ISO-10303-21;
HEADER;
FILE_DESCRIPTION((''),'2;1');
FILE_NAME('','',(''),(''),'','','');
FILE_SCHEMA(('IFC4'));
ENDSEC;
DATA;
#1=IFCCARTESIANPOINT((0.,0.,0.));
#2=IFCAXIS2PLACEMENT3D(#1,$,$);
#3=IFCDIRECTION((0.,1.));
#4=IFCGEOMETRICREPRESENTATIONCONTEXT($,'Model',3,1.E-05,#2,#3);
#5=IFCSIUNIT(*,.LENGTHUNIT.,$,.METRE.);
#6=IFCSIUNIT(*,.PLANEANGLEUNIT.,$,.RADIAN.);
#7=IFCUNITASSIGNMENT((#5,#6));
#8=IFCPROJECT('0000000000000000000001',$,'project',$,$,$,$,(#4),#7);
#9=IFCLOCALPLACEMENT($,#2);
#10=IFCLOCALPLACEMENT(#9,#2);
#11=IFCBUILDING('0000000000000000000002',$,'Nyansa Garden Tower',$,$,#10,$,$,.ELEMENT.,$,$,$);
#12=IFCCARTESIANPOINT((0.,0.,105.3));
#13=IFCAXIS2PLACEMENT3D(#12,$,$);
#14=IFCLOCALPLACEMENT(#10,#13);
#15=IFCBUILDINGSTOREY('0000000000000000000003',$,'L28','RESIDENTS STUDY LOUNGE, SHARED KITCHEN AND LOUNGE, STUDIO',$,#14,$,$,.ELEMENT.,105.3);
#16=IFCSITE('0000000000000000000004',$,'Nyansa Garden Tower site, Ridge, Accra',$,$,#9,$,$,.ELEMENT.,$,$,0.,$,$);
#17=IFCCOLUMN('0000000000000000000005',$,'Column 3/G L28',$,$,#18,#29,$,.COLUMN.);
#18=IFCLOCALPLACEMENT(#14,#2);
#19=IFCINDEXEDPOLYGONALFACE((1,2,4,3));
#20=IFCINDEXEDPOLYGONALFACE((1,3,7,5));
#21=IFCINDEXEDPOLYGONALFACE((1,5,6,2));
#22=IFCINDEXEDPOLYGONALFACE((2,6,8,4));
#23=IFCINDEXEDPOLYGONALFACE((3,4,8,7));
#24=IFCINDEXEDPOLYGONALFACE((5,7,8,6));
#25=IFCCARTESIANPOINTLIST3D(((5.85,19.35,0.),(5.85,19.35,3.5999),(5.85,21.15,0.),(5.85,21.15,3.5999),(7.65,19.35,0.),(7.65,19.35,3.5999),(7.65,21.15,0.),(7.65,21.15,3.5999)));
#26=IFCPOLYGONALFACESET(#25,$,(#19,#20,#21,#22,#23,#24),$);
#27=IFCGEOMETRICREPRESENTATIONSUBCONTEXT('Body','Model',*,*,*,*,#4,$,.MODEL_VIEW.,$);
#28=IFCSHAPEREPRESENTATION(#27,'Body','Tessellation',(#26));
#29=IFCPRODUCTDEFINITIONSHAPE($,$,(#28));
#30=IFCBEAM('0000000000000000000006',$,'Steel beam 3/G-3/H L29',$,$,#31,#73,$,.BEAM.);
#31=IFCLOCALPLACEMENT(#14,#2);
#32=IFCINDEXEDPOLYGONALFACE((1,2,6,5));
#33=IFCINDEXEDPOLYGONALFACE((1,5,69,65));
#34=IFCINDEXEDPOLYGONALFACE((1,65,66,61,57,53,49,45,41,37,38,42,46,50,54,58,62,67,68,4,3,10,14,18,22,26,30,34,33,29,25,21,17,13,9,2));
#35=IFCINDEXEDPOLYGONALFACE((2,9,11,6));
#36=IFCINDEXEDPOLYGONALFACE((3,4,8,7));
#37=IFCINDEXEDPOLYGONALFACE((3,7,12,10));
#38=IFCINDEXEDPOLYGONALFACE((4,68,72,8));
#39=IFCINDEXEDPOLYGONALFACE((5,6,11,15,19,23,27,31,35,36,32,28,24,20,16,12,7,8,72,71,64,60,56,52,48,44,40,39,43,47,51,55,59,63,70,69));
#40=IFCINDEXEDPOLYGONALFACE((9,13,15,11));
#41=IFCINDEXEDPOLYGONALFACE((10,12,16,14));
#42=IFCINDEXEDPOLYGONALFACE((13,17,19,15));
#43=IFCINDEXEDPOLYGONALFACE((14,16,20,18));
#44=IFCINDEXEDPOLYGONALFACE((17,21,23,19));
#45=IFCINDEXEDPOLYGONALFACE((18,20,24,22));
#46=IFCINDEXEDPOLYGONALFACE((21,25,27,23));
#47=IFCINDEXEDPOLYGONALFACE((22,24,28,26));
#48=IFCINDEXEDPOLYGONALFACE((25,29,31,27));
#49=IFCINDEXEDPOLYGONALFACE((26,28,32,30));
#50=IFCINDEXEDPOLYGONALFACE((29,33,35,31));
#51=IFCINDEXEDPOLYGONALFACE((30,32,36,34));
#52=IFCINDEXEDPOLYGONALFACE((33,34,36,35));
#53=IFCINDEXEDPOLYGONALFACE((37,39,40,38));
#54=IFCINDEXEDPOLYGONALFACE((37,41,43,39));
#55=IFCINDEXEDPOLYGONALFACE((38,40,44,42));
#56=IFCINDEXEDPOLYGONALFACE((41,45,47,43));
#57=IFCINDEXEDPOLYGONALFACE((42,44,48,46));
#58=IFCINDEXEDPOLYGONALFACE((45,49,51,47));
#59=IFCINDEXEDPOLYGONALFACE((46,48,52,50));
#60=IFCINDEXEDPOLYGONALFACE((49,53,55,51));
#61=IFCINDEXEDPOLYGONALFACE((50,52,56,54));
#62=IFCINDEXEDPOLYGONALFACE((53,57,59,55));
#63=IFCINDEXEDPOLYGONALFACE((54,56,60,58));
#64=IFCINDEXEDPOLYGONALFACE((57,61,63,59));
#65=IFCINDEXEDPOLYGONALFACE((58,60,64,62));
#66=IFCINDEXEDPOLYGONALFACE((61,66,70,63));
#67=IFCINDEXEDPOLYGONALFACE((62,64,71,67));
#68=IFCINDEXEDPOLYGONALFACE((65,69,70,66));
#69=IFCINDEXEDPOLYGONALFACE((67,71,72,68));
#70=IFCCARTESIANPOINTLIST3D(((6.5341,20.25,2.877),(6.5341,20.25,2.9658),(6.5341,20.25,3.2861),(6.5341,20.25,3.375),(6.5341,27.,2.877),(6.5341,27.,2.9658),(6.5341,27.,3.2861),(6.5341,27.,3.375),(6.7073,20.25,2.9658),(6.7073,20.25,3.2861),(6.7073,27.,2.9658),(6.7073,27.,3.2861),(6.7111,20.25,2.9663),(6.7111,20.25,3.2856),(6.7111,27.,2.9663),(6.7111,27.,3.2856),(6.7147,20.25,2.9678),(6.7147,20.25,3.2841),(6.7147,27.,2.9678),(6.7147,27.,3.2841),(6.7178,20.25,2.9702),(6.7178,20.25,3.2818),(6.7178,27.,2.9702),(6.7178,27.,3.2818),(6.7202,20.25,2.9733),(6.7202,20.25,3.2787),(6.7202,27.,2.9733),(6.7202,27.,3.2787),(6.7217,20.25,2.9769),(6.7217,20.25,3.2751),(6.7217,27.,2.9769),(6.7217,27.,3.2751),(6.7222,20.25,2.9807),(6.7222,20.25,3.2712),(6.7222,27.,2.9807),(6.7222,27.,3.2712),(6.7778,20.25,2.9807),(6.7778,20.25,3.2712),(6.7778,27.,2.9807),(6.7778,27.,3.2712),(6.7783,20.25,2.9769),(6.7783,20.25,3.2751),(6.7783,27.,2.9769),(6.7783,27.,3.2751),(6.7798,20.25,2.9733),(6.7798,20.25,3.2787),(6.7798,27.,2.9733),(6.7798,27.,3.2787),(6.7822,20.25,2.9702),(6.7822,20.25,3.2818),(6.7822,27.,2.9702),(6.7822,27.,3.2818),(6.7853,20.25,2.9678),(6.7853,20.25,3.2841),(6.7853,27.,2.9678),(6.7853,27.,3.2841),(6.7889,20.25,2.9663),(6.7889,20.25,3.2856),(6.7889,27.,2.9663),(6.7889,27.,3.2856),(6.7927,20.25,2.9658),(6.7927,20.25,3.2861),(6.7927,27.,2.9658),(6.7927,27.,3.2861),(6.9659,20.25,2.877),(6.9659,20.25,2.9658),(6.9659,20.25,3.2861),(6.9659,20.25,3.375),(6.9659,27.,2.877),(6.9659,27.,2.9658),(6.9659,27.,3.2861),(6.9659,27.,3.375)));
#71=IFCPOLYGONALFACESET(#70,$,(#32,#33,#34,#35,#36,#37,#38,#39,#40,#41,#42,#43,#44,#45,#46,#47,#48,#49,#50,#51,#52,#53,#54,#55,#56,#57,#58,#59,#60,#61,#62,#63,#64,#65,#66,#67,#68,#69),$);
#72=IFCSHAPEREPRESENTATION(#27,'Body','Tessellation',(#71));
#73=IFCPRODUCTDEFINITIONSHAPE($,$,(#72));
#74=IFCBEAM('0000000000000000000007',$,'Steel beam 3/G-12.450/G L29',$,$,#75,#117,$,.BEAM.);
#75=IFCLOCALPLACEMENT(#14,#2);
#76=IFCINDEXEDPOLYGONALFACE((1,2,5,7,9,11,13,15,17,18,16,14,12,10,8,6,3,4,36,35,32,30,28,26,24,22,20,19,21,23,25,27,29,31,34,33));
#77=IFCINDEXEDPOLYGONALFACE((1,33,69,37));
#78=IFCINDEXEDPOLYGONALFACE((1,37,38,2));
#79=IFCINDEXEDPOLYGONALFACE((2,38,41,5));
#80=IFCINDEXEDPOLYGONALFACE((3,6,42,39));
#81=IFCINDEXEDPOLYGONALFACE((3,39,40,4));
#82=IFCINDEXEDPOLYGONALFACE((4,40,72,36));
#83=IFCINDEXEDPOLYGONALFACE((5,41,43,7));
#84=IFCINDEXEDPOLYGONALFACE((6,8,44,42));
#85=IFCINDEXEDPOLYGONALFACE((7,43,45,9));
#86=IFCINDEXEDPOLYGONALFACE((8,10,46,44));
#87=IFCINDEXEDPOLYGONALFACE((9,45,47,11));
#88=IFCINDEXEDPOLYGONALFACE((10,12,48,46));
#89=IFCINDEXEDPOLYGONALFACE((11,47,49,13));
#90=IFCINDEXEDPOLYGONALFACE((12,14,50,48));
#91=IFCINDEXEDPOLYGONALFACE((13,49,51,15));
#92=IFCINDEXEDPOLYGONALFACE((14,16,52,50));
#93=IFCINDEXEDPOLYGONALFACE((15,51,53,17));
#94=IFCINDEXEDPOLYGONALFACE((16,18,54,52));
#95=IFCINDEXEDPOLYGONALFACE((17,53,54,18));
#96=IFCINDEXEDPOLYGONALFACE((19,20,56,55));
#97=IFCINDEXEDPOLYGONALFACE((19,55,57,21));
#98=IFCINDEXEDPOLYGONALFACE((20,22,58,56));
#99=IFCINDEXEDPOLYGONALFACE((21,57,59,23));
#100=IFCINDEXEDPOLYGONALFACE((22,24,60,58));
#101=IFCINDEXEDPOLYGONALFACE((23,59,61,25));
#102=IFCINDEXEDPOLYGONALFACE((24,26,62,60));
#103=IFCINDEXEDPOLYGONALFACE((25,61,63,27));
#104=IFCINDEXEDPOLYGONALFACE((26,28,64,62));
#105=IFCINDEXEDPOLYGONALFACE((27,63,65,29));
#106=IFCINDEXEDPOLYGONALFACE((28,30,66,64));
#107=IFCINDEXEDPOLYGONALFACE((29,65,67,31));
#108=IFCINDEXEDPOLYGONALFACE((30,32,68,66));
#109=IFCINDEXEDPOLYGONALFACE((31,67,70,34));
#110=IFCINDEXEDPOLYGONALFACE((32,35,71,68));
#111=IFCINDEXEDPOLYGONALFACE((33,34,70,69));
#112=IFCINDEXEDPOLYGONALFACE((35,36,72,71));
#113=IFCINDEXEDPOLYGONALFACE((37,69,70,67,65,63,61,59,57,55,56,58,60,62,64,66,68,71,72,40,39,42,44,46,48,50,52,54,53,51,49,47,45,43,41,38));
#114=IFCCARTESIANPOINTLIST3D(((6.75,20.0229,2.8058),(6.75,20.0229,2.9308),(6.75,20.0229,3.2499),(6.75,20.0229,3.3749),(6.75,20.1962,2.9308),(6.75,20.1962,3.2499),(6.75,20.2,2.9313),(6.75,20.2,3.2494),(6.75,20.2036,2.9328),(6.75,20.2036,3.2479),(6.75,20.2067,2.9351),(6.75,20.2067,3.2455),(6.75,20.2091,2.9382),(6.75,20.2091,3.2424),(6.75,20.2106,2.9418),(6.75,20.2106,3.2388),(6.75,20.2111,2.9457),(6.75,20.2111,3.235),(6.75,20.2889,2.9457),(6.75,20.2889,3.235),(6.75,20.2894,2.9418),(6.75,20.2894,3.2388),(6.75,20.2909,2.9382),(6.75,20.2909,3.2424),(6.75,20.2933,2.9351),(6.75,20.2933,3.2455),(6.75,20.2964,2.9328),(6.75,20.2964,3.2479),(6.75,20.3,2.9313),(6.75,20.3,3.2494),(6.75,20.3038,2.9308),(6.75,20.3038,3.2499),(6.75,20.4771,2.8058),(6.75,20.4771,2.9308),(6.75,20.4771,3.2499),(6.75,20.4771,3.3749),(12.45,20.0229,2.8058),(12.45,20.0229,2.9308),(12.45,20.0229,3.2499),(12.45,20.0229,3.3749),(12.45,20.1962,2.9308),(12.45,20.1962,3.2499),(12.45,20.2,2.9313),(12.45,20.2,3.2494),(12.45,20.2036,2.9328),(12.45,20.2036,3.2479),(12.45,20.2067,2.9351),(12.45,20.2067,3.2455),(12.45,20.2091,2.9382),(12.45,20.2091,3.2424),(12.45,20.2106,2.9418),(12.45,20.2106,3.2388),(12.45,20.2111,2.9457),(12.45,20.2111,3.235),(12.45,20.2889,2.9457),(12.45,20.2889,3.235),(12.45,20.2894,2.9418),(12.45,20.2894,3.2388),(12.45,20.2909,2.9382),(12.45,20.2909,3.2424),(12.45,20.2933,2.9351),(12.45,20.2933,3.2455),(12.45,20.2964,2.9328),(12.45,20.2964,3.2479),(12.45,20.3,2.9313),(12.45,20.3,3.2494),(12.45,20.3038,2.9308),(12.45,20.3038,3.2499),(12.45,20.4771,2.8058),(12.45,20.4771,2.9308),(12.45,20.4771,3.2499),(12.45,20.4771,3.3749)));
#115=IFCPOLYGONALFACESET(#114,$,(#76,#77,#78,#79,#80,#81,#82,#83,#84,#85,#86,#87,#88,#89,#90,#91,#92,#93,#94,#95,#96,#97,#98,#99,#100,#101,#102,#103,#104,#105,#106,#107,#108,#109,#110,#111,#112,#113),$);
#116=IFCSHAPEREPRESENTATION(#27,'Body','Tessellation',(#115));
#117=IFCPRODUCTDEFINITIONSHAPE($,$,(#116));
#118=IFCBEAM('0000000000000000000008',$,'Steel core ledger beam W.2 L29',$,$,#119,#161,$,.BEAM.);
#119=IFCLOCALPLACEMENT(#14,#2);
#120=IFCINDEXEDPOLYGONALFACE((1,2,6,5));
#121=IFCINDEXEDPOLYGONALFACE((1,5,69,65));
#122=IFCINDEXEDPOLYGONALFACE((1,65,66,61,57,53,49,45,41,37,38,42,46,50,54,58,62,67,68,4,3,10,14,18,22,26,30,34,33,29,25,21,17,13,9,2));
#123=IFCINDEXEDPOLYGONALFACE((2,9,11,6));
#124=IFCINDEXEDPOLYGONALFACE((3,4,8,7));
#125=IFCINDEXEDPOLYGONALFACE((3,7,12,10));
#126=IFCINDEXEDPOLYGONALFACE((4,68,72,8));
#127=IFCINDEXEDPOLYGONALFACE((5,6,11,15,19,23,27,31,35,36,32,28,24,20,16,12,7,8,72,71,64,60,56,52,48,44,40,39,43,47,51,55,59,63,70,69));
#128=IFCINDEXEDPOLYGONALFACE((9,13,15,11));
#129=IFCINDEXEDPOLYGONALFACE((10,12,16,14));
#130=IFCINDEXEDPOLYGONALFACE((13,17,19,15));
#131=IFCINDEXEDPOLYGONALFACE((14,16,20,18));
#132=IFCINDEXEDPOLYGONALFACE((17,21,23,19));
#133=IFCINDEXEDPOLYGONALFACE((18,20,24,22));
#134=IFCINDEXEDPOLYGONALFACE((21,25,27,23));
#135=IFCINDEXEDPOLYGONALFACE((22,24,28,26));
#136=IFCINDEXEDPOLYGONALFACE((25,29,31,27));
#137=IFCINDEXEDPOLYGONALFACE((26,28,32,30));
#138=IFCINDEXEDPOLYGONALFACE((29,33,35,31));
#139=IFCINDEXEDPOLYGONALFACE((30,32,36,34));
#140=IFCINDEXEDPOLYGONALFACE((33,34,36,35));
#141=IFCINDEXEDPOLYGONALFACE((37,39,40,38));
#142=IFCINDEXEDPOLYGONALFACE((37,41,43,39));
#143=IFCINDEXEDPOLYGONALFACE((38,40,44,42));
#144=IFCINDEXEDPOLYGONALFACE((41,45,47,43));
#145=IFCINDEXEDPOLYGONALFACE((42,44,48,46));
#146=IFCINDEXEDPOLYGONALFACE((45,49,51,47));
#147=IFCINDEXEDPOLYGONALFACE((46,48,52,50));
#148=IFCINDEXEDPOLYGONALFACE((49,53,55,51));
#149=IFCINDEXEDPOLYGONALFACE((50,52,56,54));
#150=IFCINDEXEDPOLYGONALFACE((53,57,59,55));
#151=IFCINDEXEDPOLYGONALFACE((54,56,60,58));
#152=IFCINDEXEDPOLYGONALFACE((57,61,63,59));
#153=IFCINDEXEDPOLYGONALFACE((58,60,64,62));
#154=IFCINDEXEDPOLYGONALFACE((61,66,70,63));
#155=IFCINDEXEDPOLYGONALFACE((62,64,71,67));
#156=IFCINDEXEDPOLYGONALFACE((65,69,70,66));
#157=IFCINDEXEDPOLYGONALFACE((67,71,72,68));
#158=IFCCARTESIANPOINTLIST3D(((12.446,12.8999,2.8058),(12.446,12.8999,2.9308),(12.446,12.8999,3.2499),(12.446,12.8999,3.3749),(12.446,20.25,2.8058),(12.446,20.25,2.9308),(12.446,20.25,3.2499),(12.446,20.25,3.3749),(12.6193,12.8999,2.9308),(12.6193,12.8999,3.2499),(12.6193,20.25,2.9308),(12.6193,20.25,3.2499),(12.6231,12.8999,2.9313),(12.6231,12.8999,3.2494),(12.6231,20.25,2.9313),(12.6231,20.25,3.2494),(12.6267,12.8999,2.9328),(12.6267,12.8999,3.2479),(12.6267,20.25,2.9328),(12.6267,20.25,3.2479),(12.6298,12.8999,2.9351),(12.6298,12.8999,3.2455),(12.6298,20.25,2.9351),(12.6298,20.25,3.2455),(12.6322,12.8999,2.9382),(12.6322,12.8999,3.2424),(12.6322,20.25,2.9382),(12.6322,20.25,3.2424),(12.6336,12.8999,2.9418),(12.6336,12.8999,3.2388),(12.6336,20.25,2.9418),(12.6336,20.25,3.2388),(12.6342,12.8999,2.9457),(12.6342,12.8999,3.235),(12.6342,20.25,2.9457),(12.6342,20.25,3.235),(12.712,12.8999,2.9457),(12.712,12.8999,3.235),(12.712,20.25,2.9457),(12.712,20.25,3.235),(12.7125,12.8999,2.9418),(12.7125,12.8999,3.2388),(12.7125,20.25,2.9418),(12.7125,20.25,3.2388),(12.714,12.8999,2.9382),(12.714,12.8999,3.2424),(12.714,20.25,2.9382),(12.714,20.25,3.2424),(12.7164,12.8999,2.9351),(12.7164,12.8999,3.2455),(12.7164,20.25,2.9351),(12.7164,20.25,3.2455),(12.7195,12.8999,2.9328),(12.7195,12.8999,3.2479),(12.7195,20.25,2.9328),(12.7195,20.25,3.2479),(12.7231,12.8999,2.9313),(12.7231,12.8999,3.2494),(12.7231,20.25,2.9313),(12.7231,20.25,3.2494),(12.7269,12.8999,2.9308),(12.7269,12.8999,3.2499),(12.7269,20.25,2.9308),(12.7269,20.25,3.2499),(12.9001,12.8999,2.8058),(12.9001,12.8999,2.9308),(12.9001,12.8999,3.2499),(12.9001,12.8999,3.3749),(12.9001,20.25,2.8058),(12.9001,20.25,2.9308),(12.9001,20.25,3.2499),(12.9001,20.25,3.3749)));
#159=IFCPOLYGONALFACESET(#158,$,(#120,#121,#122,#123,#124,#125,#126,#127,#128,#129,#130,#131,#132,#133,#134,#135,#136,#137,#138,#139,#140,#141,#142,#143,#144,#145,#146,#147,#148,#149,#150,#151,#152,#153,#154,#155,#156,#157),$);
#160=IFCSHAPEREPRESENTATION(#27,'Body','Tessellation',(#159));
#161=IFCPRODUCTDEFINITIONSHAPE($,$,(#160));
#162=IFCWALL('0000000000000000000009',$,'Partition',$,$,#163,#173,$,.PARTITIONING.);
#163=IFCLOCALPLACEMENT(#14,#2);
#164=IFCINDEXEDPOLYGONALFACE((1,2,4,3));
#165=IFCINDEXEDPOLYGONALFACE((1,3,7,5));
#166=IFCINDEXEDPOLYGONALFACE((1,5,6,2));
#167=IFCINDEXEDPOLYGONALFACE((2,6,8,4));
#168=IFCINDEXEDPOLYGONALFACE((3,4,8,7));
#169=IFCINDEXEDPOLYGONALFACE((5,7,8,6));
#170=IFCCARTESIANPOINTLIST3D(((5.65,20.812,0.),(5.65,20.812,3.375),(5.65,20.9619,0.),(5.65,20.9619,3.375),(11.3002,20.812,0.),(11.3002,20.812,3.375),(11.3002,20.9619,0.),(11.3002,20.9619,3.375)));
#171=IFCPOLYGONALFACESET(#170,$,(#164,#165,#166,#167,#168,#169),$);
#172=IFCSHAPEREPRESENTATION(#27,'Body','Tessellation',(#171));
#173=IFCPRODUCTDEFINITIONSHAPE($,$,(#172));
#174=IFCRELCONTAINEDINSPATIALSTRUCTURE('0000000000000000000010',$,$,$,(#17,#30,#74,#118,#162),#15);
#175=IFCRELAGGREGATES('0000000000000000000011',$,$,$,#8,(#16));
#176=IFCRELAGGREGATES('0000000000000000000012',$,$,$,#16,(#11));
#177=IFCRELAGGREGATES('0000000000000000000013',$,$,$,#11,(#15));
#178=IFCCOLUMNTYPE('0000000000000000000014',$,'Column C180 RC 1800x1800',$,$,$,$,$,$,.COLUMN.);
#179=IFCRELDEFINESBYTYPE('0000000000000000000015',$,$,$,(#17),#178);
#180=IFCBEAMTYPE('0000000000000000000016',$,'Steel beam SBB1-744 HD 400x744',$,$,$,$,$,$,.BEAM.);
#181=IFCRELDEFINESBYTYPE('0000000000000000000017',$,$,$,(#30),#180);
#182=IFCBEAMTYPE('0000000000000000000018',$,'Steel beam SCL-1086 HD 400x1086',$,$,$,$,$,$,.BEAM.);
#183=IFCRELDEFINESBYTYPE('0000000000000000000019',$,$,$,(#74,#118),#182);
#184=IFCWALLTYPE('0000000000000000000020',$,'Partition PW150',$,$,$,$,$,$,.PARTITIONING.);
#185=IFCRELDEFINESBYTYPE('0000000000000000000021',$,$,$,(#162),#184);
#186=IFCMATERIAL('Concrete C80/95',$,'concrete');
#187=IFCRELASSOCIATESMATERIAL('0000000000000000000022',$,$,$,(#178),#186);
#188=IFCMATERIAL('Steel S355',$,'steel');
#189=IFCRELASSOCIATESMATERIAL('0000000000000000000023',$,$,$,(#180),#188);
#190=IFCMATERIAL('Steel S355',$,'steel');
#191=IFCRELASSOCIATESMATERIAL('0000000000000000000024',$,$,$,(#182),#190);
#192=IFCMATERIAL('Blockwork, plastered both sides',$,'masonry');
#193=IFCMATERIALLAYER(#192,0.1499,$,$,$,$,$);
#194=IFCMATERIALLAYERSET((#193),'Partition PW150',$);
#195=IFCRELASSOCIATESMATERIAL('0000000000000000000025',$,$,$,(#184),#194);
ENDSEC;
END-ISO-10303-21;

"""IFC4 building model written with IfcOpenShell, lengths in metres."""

from ifc_helpers import new_model, si_unit, direction, frame, frame_2d, origin, origin_2d, place, context, subcontext, project, spatial, rectangle, i_section, extrude, material, layer, layer_set, material_profile, profile_set, type_object, element, save


model = new_model("IFC4")

# Units and contexts
model_context = context("Model", 3, precision=1e-05, world=origin(), true_north=direction((0.0, 1.0)))
body_context = subcontext(model_context, "Body", "Model", "MODEL_VIEW")
ifc_project = project(units=[si_unit("LENGTHUNIT", "METRE"), si_unit("PLANEANGLEUNIT", "RADIAN")], contexts=[model_context])

# Site, building, storey
site_placement = place(None, origin())
site = spatial("IfcSite", under=ifc_project, at=site_placement, Name="Nyansa Garden Tower site, Ridge, Accra", CompositionType="ELEMENT", RefElevation=0.0)
building_placement = place(site_placement, origin())
building = spatial("IfcBuilding", under=site, at=building_placement, Name="Nyansa Garden Tower", CompositionType="ELEMENT")
storey_placement = place(building_placement, frame((0.0, 0.0, 105.3)))
storey = spatial("IfcBuildingStorey", under=building, at=storey_placement, Name="L28", Description="RESIDENTS STUDY LOUNGE, SHARED KITCHEN AND LOUNGE, STUDIO", CompositionType="ELEMENT", Elevation=105.3)

# Column
ifc_material_1 = material(Name="Concrete C80/95", Category="concrete")
ifc_material_profile_1 = material_profile(ifc_material_1, rectangle(XDim=1.8, YDim=1.8, at=origin_2d()), Name="RC 1800x1800")
ifc_profile_set_1 = profile_set([ifc_material_profile_1], Name="Concrete C80/95")
column_type = type_object("IfcColumnType", Name="Column C180 RC 1800x1800", PredefinedType="COLUMN", material=ifc_profile_set_1)
column_placement = place(storey_placement, frame((6.75, 20.25, 0.0), z_axis=(0.0, 0.0, 1.0), x_axis=(1.0, 0.0, 0.0)))
element("IfcColumn", 1, at=column_placement, inside=storey, type_object=column_type, Name="Column 3/G L28", PredefinedType="COLUMN", context=body_context, shape_type="SweptSolid", body=[
    extrude(rectangle(XDim=1.8, YDim=1.8, at=origin_2d()), origin(), (0.0, 0.0, 1.0), 3.5999),
])

# Beams
ifc_material_2 = material(Name="Steel S355", Category="steel")
ifc_material_profile_2 = material_profile(ifc_material_2, i_section(OverallWidth=0.4319, OverallDepth=0.498, WebThickness=0.0557, FlangeThickness=0.0889, FilletRadius=0.0149, at=origin_2d()), Name="HD 400x744")
ifc_profile_set_2 = profile_set([ifc_material_profile_2], Name="Steel S355")
beam_type_1 = type_object("IfcBeamType", Name="Steel beam SBB1-744 HD 400x744", PredefinedType="BEAM", material=ifc_profile_set_2)
beam_1_placement = place(storey_placement, frame((6.75, 20.25, 3.126), z_axis=(0.0, 1.0, 0.0), x_axis=(-1.0, 0.0, 0.0)))
element("IfcBeam", 2, at=beam_1_placement, inside=storey, type_object=beam_type_1, Name="Steel beam 3/G-3/H L29", PredefinedType="BEAM", context=body_context, shape_type="SweptSolid", body=[
    extrude(i_section(OverallWidth=0.4319, OverallDepth=0.498, WebThickness=0.0557, FlangeThickness=0.0889, FilletRadius=0.0149, at=origin_2d()), origin(), (0.0, 0.0, 1.0), 6.75),
])
ifc_material_3 = material(Name="Steel S355", Category="steel")
ifc_material_profile_3 = material_profile(ifc_material_3, i_section(OverallWidth=0.4541, OverallDepth=0.5691, WebThickness=0.0779, FlangeThickness=0.125, FilletRadius=0.0149, at=origin_2d()), Name="HD 400x1086")
ifc_profile_set_3 = profile_set([ifc_material_profile_3], Name="Steel S355")
beam_type_2 = type_object("IfcBeamType", Name="Steel beam SCL-1086 HD 400x1086", PredefinedType="BEAM", material=ifc_profile_set_3)
beam_2_placement = place(storey_placement, frame((6.75, 20.25, 3.0903), z_axis=(1.0, 0.0, 0.0), x_axis=(0.0, 1.0, 0.0)))
element("IfcBeam", 3, at=beam_2_placement, inside=storey, type_object=beam_type_2, Name="Steel beam 3/G-12.450/G L29", PredefinedType="BEAM", context=body_context, shape_type="SweptSolid", body=[
    extrude(i_section(OverallWidth=0.4541, OverallDepth=0.5691, WebThickness=0.0779, FlangeThickness=0.125, FilletRadius=0.0149, at=origin_2d()), origin(), (0.0, 0.0, 1.0), 5.7),
])
beam_3_placement = place(storey_placement, frame((12.6731, 20.25, 3.0903), z_axis=(0.0, -1.0, 0.0), x_axis=(1.0, 0.0, 0.0)))
element("IfcBeam", 4, at=beam_3_placement, inside=storey, type_object=beam_type_2, Name="Steel core ledger beam W.2 L29", PredefinedType="BEAM", context=body_context, shape_type="SweptSolid", body=[
    extrude(i_section(OverallWidth=0.4541, OverallDepth=0.5691, WebThickness=0.0779, FlangeThickness=0.125, FilletRadius=0.0149, at=origin_2d()), origin(), (0.0, 0.0, 1.0), 7.3501),
])

# Wall
ifc_material_4 = material(Name="Blockwork, plastered both sides", Category="masonry")
ifc_layer_1 = layer(ifc_material_4, 0.1499)
ifc_layer_set_1 = layer_set([ifc_layer_1], Name="Partition PW150")
wall_type_1 = type_object("IfcWallType", Name="Partition PW150", PredefinedType="PARTITIONING", material=ifc_layer_set_1)
wall_1_placement = place(storey_placement, frame((5.6499, 20.887, 0.0), z_axis=(0.0, 0.0, 1.0), x_axis=(1.0, 0.0, 0.0)))
element("IfcWall", 5, at=wall_1_placement, inside=storey, type_object=wall_type_1, Name="Partition", PredefinedType="PARTITIONING", context=body_context, shape_type="SweptSolid", body=[
    extrude(rectangle(XDim=5.6501, YDim=0.1499, at=frame_2d((2.8252, 0.0))), origin(), (0.0, 0.0, 1.0), 3.375),
])

save(model, "model.ifc")
